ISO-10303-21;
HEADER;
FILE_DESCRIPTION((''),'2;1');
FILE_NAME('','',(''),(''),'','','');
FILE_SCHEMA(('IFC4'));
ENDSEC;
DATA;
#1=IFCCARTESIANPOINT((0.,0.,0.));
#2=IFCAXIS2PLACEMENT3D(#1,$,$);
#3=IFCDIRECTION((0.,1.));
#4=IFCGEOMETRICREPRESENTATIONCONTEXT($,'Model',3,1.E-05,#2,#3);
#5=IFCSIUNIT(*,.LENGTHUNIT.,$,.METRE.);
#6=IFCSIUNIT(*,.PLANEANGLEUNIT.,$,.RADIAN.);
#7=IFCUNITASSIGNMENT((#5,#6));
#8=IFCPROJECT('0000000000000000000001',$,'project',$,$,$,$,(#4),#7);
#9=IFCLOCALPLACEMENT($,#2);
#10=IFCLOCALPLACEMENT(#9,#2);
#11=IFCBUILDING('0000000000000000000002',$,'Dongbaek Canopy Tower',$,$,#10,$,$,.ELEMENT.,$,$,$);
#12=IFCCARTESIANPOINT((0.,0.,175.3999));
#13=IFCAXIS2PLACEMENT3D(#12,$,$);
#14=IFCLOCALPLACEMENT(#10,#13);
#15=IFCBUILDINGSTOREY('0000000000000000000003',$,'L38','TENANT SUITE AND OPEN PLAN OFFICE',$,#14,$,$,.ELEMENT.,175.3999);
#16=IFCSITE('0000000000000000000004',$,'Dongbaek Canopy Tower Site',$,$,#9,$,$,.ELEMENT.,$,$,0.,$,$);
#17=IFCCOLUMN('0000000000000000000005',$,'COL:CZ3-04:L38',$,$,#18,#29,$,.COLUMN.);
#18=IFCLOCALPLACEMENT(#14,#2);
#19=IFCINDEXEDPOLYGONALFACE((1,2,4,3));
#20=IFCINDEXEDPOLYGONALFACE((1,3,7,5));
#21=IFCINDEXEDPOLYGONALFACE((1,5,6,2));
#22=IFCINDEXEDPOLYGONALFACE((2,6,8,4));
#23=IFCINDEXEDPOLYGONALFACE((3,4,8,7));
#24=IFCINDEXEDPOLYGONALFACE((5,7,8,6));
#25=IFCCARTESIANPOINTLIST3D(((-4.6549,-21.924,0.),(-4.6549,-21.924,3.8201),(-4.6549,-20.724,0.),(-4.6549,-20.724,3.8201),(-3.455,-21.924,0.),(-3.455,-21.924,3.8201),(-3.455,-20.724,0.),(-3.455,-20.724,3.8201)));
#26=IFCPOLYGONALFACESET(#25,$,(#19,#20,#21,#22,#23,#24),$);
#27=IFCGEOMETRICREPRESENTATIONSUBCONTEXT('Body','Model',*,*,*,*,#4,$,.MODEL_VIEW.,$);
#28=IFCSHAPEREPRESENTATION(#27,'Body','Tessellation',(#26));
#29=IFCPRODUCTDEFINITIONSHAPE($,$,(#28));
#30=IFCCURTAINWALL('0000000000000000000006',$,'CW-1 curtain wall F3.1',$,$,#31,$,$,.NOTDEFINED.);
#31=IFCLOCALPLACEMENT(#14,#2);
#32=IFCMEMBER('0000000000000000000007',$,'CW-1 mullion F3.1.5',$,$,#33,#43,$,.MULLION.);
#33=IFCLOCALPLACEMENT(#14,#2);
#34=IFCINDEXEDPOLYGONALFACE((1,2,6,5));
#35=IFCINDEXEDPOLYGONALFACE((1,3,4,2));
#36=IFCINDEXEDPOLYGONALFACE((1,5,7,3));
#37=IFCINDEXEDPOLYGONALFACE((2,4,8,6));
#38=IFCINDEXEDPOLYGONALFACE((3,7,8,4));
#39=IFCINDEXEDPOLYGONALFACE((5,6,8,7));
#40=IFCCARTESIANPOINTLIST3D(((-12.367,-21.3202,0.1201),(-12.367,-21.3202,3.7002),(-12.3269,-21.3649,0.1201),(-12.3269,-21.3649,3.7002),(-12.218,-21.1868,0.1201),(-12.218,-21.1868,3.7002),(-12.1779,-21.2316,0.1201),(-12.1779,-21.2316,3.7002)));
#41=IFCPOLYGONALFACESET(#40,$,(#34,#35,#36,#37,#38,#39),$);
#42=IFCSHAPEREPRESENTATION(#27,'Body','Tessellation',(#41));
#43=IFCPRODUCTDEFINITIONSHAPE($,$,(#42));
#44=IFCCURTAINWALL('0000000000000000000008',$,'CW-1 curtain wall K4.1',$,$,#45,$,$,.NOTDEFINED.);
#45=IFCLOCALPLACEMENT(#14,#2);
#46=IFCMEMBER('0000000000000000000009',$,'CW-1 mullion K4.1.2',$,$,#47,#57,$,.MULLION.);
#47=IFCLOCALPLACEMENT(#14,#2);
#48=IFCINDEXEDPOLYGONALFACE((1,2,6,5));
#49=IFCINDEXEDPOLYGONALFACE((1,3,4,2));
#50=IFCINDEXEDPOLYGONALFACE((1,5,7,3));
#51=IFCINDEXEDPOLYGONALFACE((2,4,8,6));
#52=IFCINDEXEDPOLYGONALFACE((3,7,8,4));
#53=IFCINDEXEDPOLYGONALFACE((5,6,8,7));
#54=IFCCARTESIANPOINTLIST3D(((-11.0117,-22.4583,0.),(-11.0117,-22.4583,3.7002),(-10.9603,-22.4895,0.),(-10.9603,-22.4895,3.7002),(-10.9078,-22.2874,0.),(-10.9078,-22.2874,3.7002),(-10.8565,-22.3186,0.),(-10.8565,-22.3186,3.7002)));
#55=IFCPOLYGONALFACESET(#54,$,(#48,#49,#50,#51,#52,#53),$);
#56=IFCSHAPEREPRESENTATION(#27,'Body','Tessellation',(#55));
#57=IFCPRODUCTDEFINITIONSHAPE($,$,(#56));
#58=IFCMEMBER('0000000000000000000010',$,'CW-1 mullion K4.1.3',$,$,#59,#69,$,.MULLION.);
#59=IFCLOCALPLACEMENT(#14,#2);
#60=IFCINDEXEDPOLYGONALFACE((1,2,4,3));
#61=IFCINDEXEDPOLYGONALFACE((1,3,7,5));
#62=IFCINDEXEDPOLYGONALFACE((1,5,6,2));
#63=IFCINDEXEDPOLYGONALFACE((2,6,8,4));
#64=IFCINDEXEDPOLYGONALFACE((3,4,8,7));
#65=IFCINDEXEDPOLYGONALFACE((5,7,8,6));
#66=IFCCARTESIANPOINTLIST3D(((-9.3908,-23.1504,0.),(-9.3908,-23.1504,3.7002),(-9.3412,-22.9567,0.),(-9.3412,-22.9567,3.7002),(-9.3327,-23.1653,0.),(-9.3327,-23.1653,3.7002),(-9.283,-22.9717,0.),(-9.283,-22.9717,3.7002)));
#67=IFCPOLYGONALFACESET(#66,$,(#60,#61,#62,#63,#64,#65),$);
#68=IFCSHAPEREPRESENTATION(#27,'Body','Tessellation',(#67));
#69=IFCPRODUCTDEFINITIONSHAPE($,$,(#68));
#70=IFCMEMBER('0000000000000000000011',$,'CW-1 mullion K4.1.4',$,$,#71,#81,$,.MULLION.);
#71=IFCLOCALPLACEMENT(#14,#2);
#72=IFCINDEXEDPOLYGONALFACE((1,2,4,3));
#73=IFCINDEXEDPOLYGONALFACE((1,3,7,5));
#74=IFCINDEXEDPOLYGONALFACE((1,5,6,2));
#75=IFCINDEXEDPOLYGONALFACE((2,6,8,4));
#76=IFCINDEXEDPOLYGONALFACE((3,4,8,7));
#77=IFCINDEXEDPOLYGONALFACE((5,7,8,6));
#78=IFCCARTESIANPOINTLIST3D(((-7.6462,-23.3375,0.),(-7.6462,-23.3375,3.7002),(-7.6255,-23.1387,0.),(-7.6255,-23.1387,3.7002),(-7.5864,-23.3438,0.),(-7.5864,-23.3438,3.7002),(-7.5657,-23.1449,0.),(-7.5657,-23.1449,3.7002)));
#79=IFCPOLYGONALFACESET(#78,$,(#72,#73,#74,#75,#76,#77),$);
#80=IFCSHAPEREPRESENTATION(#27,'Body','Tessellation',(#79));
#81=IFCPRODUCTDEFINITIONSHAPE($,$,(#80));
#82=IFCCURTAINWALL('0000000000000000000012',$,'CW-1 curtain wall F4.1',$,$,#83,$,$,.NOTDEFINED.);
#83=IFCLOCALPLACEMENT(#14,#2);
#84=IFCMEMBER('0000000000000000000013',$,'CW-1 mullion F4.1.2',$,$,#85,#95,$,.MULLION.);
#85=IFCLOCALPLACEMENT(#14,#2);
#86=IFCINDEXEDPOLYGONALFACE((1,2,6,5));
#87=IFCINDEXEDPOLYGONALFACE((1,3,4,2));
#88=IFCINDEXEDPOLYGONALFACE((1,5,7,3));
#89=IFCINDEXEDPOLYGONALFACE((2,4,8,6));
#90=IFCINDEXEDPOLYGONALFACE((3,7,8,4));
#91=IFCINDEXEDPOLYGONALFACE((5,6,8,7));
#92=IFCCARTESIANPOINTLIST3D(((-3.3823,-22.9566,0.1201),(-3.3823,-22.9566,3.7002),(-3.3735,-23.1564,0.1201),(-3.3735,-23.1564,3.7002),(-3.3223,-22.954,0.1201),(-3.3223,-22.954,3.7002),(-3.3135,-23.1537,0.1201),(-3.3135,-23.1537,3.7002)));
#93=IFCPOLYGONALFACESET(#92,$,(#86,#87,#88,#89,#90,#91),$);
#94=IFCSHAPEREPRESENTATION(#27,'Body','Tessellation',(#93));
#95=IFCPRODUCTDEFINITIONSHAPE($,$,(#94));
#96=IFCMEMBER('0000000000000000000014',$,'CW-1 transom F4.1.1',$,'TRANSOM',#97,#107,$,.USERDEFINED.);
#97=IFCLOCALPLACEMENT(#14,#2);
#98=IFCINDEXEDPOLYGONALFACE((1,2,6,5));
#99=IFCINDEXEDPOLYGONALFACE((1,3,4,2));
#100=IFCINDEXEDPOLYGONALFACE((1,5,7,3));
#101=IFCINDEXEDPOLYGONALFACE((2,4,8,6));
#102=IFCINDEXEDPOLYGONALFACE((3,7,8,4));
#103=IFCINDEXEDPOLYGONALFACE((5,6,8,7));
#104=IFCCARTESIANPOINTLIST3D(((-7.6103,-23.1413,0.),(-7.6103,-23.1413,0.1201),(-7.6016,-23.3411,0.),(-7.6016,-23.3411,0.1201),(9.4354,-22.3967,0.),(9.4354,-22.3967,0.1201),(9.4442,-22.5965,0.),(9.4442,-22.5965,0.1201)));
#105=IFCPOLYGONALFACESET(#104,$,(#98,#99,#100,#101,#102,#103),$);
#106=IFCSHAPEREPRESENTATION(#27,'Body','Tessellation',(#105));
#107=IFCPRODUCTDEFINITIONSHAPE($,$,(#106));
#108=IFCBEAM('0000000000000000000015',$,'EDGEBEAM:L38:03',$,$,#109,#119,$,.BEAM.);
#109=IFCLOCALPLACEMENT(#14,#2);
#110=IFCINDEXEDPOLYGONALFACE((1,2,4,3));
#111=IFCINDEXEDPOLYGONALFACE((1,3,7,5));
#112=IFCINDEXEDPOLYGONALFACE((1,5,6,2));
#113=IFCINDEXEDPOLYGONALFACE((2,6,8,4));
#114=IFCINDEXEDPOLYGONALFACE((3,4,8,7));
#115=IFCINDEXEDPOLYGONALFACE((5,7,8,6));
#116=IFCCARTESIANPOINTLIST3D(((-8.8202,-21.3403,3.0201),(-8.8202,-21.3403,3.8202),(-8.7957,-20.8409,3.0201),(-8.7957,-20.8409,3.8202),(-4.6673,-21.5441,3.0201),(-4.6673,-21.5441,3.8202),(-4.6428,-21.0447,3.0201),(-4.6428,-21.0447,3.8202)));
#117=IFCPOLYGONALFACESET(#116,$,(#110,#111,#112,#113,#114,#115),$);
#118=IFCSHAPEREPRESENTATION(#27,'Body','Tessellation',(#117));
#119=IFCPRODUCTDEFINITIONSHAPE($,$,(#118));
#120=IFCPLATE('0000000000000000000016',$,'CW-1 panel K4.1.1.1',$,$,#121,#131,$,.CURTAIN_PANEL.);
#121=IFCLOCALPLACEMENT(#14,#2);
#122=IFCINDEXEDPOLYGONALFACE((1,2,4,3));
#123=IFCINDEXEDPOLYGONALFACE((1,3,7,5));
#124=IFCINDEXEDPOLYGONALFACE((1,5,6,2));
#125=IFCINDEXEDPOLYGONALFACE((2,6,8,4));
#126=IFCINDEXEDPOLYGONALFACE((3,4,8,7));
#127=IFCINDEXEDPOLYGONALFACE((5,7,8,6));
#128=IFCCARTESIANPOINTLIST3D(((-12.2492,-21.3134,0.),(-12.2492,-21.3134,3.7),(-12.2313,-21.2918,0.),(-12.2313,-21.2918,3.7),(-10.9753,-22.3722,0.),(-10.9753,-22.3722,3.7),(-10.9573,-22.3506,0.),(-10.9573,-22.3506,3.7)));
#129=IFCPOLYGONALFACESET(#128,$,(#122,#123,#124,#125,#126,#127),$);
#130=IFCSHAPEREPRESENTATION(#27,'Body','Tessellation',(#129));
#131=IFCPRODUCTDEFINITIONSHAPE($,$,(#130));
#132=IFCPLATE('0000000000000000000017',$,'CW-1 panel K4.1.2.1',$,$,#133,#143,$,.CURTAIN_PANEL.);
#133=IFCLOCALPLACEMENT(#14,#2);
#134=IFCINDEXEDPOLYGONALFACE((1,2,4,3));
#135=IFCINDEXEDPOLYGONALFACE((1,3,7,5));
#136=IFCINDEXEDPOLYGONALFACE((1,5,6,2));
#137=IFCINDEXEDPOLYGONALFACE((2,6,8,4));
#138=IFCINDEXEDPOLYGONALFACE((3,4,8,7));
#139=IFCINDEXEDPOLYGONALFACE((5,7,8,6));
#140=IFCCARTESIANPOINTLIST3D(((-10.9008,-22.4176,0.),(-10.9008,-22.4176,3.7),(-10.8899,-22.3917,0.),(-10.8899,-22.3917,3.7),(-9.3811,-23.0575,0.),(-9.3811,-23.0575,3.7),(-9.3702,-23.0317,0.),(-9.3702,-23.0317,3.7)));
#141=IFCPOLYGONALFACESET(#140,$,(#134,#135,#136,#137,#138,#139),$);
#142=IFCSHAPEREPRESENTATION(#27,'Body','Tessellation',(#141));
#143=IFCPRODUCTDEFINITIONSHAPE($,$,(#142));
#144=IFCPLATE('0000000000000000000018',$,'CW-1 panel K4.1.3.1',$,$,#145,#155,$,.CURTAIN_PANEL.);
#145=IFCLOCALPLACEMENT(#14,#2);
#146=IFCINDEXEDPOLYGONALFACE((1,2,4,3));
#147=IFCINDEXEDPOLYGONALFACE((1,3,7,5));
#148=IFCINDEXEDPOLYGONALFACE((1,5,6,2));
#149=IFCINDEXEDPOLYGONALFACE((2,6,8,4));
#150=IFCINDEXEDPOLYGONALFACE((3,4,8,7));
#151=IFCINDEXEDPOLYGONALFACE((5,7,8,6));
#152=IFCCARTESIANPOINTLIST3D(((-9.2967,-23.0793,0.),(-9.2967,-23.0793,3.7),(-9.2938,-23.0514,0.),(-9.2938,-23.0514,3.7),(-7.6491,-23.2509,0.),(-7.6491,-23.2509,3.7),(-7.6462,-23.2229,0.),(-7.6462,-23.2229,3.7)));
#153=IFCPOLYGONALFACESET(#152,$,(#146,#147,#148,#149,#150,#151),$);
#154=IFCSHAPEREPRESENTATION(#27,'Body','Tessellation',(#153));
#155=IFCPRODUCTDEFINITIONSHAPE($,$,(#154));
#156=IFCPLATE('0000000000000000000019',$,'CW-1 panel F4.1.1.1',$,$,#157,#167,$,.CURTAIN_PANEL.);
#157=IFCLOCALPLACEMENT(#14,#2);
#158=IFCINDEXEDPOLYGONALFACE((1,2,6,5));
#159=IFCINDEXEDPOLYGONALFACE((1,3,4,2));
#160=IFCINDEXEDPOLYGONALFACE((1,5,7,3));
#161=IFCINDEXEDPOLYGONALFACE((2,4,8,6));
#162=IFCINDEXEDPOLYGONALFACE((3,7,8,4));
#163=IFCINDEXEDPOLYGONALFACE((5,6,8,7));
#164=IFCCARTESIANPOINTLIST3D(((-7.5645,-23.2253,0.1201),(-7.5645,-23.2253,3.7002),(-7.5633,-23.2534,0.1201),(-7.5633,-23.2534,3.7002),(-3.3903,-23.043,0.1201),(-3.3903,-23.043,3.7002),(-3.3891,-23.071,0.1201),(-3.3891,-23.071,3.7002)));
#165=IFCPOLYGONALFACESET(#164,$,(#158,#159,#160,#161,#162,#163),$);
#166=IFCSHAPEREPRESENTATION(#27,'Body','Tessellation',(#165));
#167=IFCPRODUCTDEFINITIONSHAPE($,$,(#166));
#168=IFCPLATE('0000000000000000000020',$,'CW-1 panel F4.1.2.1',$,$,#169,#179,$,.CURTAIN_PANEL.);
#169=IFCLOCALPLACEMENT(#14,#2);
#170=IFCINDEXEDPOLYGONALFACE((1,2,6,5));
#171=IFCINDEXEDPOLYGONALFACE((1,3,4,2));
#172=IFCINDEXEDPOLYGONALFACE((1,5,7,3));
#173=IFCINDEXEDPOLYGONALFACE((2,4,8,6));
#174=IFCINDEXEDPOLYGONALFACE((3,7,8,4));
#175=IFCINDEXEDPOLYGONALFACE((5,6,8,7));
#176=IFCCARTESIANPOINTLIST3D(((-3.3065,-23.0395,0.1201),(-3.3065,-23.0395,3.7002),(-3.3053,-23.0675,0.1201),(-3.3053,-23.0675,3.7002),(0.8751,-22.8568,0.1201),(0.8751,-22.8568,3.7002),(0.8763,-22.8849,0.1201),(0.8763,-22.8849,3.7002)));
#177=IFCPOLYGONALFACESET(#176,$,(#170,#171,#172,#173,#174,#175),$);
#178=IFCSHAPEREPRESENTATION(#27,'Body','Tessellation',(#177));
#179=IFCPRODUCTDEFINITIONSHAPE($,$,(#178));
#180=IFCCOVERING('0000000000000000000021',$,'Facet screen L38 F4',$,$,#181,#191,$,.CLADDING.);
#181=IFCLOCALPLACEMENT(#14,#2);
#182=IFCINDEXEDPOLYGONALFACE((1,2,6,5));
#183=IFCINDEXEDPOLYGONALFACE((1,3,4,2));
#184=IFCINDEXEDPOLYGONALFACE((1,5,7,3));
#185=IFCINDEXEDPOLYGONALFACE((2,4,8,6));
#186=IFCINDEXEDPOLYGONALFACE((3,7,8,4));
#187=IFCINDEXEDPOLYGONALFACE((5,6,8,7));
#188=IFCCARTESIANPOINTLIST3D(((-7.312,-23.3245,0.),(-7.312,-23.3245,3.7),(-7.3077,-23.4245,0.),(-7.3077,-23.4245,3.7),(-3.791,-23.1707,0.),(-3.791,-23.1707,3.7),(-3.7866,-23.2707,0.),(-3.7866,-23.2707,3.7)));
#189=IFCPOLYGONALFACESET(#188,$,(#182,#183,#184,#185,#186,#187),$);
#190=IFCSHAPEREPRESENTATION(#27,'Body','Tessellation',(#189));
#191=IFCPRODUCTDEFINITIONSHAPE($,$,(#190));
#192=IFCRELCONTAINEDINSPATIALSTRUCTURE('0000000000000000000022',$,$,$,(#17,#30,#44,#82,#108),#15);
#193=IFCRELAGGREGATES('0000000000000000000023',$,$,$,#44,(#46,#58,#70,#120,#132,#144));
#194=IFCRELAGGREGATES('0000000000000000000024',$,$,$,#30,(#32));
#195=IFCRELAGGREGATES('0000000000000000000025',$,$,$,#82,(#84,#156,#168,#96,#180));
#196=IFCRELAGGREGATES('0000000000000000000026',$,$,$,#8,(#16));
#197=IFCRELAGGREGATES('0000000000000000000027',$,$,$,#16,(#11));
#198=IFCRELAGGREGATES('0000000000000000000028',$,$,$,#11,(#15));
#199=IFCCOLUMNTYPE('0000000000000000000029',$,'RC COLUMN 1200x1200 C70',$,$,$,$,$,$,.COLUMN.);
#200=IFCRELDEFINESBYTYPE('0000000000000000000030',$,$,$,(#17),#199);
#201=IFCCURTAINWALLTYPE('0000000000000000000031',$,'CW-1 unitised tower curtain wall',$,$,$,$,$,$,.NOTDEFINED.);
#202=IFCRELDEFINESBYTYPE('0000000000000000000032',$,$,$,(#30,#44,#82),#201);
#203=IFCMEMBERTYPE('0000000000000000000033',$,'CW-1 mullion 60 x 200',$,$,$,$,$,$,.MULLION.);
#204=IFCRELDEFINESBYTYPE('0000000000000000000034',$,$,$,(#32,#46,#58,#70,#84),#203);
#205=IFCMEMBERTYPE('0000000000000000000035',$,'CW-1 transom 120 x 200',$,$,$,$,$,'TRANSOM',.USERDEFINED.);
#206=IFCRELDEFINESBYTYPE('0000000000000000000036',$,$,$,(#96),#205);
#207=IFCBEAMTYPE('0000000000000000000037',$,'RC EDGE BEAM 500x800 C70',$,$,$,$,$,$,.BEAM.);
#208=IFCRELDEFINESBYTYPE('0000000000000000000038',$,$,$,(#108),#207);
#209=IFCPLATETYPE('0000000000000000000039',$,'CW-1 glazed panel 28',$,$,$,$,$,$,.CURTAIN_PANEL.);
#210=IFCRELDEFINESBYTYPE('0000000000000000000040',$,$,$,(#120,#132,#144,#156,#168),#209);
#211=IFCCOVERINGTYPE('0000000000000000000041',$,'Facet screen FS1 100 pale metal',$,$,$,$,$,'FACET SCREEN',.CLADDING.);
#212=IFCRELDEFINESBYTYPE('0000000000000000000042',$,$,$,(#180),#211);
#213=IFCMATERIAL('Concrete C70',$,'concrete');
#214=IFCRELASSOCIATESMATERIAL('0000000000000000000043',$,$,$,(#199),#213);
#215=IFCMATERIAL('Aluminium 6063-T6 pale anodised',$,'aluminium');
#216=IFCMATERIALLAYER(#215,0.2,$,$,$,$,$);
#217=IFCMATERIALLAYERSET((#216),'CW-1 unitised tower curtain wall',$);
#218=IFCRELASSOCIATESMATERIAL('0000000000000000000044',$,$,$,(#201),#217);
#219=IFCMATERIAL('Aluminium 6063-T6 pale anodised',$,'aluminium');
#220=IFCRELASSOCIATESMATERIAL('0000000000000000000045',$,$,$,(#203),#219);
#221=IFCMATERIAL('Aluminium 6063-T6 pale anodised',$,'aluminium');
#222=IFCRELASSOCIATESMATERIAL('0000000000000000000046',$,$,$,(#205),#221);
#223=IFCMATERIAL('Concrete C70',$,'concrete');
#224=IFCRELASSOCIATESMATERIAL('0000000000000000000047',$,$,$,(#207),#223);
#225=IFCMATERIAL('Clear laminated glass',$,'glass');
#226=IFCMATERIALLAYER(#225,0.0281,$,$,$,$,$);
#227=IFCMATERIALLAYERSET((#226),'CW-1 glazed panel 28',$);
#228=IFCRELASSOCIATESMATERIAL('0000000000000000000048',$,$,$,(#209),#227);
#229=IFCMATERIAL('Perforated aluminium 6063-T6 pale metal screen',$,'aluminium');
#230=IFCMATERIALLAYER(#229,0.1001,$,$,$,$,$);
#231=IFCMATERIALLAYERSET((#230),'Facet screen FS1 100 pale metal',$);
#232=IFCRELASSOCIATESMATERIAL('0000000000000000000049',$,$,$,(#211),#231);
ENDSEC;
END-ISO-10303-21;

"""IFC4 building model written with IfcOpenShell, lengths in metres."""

from ifc_helpers import new_model, si_unit, direction, frame, origin, origin_2d, place, context, subcontext, project, spatial, rectangle, extrude, material, layer, layer_set, material_profile, profile_set, type_object, element, aggregate, save


model = new_model("IFC4")

# Units and contexts
model_context = context("Model", 3, precision=1e-05, world=origin(), true_north=direction((0.0, 1.0)))
body_context = subcontext(model_context, "Body", "Model", "MODEL_VIEW")
ifc_project = project(units=[si_unit("LENGTHUNIT", "METRE"), si_unit("PLANEANGLEUNIT", "RADIAN")], contexts=[model_context])

# Site, building, storey
site_placement = place(None, origin())
site = spatial("IfcSite", under=ifc_project, at=site_placement, Name="Dongbaek Canopy Tower Site", CompositionType="ELEMENT", RefElevation=0.0)
building_placement = place(site_placement, origin())
building = spatial("IfcBuilding", under=site, at=building_placement, Name="Dongbaek Canopy Tower", CompositionType="ELEMENT")
storey_placement = place(building_placement, frame((0.0, 0.0, 175.3999)))
storey = spatial("IfcBuildingStorey", under=building, at=storey_placement, Name="L38", Description="TENANT SUITE AND OPEN PLAN OFFICE", CompositionType="ELEMENT", Elevation=175.3999)

# Column
ifc_material_1 = material(Name="Concrete C70", Category="concrete")
ifc_material_profile_1 = material_profile(ifc_material_1, rectangle(XDim=1.2, YDim=1.2, at=origin_2d()), Name="RC COLUMN 1200x1200 C70")
ifc_profile_set_1 = profile_set([ifc_material_profile_1], Name="Concrete C70")
column_type = type_object("IfcColumnType", Name="RC COLUMN 1200x1200 C70", PredefinedType="COLUMN", material=ifc_profile_set_1)
column_placement = place(storey_placement, frame((-4.0549, -21.324, 0.0), z_axis=(0.0, 0.0, 1.0), x_axis=(1.0, 0.0, 0.0)))
element("IfcColumn", 1, at=column_placement, inside=storey, type_object=column_type, Name="COL:CZ3-04:L38", PredefinedType="COLUMN", context=body_context, shape_type="SweptSolid", body=[
    extrude(rectangle(XDim=1.2, YDim=1.2, at=origin_2d()), origin(), (0.0, 0.0, 1.0), 3.8201),
])

# Curtain wall, member
ifc_material_2 = material(Name="Aluminium 6063-T6 pale anodised", Category="aluminium")
ifc_layer_1 = layer(ifc_material_2, 0.2)
ifc_layer_set_1 = layer_set([ifc_layer_1], Name="CW-1 unitised tower curtain wall")
curtain_wall_type = type_object("IfcCurtainWallType", Name="CW-1 unitised tower curtain wall", PredefinedType="NOTDEFINED", material=ifc_layer_set_1)
curtain_wall_1_placement = place(storey_placement, origin())
curtain_wall_1 = element("IfcCurtainWall", 2, at=curtain_wall_1_placement, inside=storey, type_object=curtain_wall_type, Name="CW-1 curtain wall F3.1", PredefinedType="NOTDEFINED")
ifc_material_3 = material(Name="Aluminium 6063-T6 pale anodised", Category="aluminium")
ifc_material_profile_2 = material_profile(ifc_material_3, rectangle(XDim=0.2, YDim=0.0601, at=origin_2d()), Name="CW-1 mullion 60 x 200")
ifc_profile_set_2 = profile_set([ifc_material_profile_2], Name="Aluminium 6063-T6 pale anodised")
member_type_1 = type_object("IfcMemberType", Name="CW-1 mullion 60 x 200", PredefinedType="MULLION", material=ifc_profile_set_2)
member_1_placement = place(storey_placement, frame((-12.2725, -21.2759, 0.1201), z_axis=(0.0, 0.0, 1.0), x_axis=(-0.745211, -0.666829, 0.0)))
member_1 = element("IfcMember", 3, at=member_1_placement, type_object=member_type_1, Name="CW-1 mullion F3.1.5", PredefinedType="MULLION", context=body_context, shape_type="SweptSolid", body=[
    extrude(rectangle(XDim=0.2, YDim=0.0601, at=origin_2d()), origin(), (0.0, 0.0, 1.0), 3.5801),
])

# Curtain walls, members
curtain_wall_2_placement = place(storey_placement, origin())
curtain_wall_2 = element("IfcCurtainWall", 4, at=curtain_wall_2_placement, inside=storey, type_object=curtain_wall_type, Name="CW-1 curtain wall K4.1", PredefinedType="NOTDEFINED")
member_2_placement = place(storey_placement, frame((-10.9341, -22.3884, 0.0), z_axis=(0.0, 0.0, 1.0), x_axis=(-0.519286, -0.8546, 0.0)))
member_2 = element("IfcMember", 5, at=member_2_placement, type_object=member_type_1, Name="CW-1 mullion K4.1.2", PredefinedType="MULLION", context=body_context, shape_type="SweptSolid", body=[
    extrude(rectangle(XDim=0.2, YDim=0.0601, at=origin_2d()), origin(), (0.0, 0.0, 1.0), 3.7002),
])
member_3_placement = place(storey_placement, frame((-9.3369, -23.061, 0.0), z_axis=(0.0, 0.0, 1.0), x_axis=(-0.248548, -0.96862, 0.0)))
member_3 = element("IfcMember", 6, at=member_3_placement, type_object=member_type_1, Name="CW-1 mullion K4.1.3", PredefinedType="MULLION", context=body_context, shape_type="SweptSolid", body=[
    extrude(rectangle(XDim=0.2, YDim=0.0601, at=origin_2d()), origin(), (0.0, 0.0, 1.0), 3.7002),
])
member_4_placement = place(storey_placement, frame((-7.606, -23.2412, 0.0), z_axis=(0.0, 0.0, 1.0), x_axis=(-0.103577, -0.994621, 0.0)))
member_4 = element("IfcMember", 7, at=member_4_placement, type_object=member_type_1, Name="CW-1 mullion K4.1.4", PredefinedType="MULLION", context=body_context, shape_type="SweptSolid", body=[
    extrude(rectangle(XDim=0.2, YDim=0.0601, at=origin_2d()), origin(), (0.0, 0.0, 1.0), 3.7002),
])
curtain_wall_3_placement = place(storey_placement, origin())
curtain_wall_3 = element("IfcCurtainWall", 8, at=curtain_wall_3_placement, inside=storey, type_object=curtain_wall_type, Name="CW-1 curtain wall F4.1", PredefinedType="NOTDEFINED")
member_5_placement = place(storey_placement, frame((-3.3479, -23.0552, 0.1201), z_axis=(0.0, 0.0, 1.0), x_axis=(0.04364, -0.999047, 0.0)))
member_5 = element("IfcMember", 9, at=member_5_placement, type_object=member_type_1, Name="CW-1 mullion F4.1.2", PredefinedType="MULLION", context=body_context, shape_type="SweptSolid", body=[
    extrude(rectangle(XDim=0.2, YDim=0.0601, at=origin_2d()), origin(), (0.0, 0.0, 1.0), 3.5801),
])
ifc_material_4 = material(Name="Aluminium 6063-T6 pale anodised", Category="aluminium")
ifc_material_profile_3 = material_profile(ifc_material_4, rectangle(XDim=0.2, YDim=0.1201, at=origin_2d()), Name="CW-1 transom 120 x 200")
ifc_profile_set_3 = profile_set([ifc_material_profile_3], Name="Aluminium 6063-T6 pale anodised")
member_type_2 = type_object("IfcMemberType", Name="CW-1 transom 120 x 200", ElementType="TRANSOM", PredefinedType="USERDEFINED", material=ifc_profile_set_3)
member_6_placement = place(storey_placement, frame((-7.606, -23.2412, 0.0601), z_axis=(0.999047, 0.043643, 0.0), x_axis=(-0.043643, 0.999047, 0.0)))
member_6 = element("IfcMember", 10, at=member_6_placement, type_object=member_type_2, Name="CW-1 transom F4.1.1", ObjectType="TRANSOM", PredefinedType="USERDEFINED", context=body_context, shape_type="SweptSolid", body=[
    extrude(rectangle(XDim=0.2, YDim=0.1201, at=origin_2d()), origin(), (0.0, 0.0, 1.0), 17.062),
])

# Beam
ifc_material_5 = material(Name="Concrete C70", Category="concrete")
ifc_material_profile_4 = material_profile(ifc_material_5, rectangle(XDim=0.5, YDim=0.8, at=origin_2d()), Name="RC EDGE BEAM 500x800 C70")
ifc_profile_set_4 = profile_set([ifc_material_profile_4], Name="Concrete C70")
beam_type = type_object("IfcBeamType", Name="RC EDGE BEAM 500x800 C70", PredefinedType="BEAM", material=ifc_profile_set_4)
beam_placement = place(storey_placement, frame((-4.655, -21.2944, 3.4202), z_axis=(-0.998797, 0.049027, 0.0), x_axis=(-0.049027, -0.998797, 0.0)))
element("IfcBeam", 11, at=beam_placement, inside=storey, type_object=beam_type, Name="EDGEBEAM:L38:03", PredefinedType="BEAM", context=body_context, shape_type="SweptSolid", body=[
    extrude(rectangle(XDim=0.5, YDim=0.8, at=origin_2d()), origin(), (0.0, 0.0, 1.0), 4.158),
])

# Plates
ifc_material_6 = material(Name="Clear laminated glass", Category="glass")
ifc_layer_2 = layer(ifc_material_6, 0.0281)
ifc_layer_set_2 = layer_set([ifc_layer_2], Name="CW-1 glazed panel 28")
plate_type = type_object("IfcPlateType", Name="CW-1 glazed panel 28", PredefinedType="CURTAIN_PANEL", material=ifc_layer_set_2)
plate_1_placement = place(storey_placement, frame((-11.6033, -21.832, 0.0), z_axis=(0.0, 0.0, 1.0), x_axis=(0.769056, -0.639181, 0.0)))
plate_1 = element("IfcPlate", 12, at=plate_1_placement, type_object=plate_type, Name="CW-1 panel K4.1.1.1", PredefinedType="CURTAIN_PANEL", context=body_context, shape_type="SweptSolid", body=[
    extrude(rectangle(XDim=1.6565, YDim=0.0281, at=origin_2d()), origin(), (0.0, 0.0, 1.0), 3.7),
])
plate_2_placement = place(storey_placement, frame((-10.1355, -22.7246, 0.0), z_axis=(0.0, 0.0, 1.0), x_axis=(0.921606, -0.388127, 0.0)))
plate_2 = element("IfcPlate", 13, at=plate_2_placement, type_object=plate_type, Name="CW-1 panel K4.1.2.1", PredefinedType="CURTAIN_PANEL", context=body_context, shape_type="SweptSolid", body=[
    extrude(rectangle(XDim=1.6489, YDim=0.0281, at=origin_2d()), origin(), (0.0, 0.0, 1.0), 3.7),
])
plate_3_placement = place(storey_placement, frame((-8.4714, -23.1511, 0.0), z_axis=(0.0, 0.0, 1.0), x_axis=(0.994621, -0.103577, 0.0)))
plate_3 = element("IfcPlate", 14, at=plate_3_placement, type_object=plate_type, Name="CW-1 panel K4.1.3.1", PredefinedType="CURTAIN_PANEL", context=body_context, shape_type="SweptSolid", body=[
    extrude(rectangle(XDim=1.6565, YDim=0.0281, at=origin_2d()), origin(), (0.0, 0.0, 1.0), 3.7),
])
aggregate(curtain_wall_2, [member_2, member_3, member_4, plate_1, plate_2, plate_3])
plate_4_placement = place(storey_placement, frame((-5.4768, -23.1482, 0.1201), z_axis=(0.0, 0.0, 1.0), x_axis=(0.999047, 0.04364, 0.0)))
plate_4 = element("IfcPlate", 15, at=plate_4_placement, type_object=plate_type, Name="CW-1 panel F4.1.1.1", PredefinedType="CURTAIN_PANEL", context=body_context, shape_type="SweptSolid", body=[
    extrude(rectangle(XDim=4.1782, YDim=0.0281, at=origin_2d()), origin(), (0.0, 0.0, 1.0), 3.5801),
])
plate_5_placement = place(storey_placement, frame((-1.2151, -22.9622, 0.1201), z_axis=(0.0, 0.0, 1.0), x_axis=(0.999047, 0.04364, 0.0)))
plate_5 = element("IfcPlate", 16, at=plate_5_placement, type_object=plate_type, Name="CW-1 panel F4.1.2.1", PredefinedType="CURTAIN_PANEL", context=body_context, shape_type="SweptSolid", body=[
    extrude(rectangle(XDim=4.1855, YDim=0.0281, at=origin_2d()), origin(), (0.0, 0.0, 1.0), 3.5801),
])

# Covering
ifc_material_7 = material(Name="Perforated aluminium 6063-T6 pale metal screen", Category="aluminium")
ifc_layer_3 = layer(ifc_material_7, 0.1001)
ifc_layer_set_3 = layer_set([ifc_layer_3], Name="Facet screen FS1 100 pale metal")
covering_type_1 = type_object("IfcCoveringType", Name="Facet screen FS1 100 pale metal", ElementType="FACET SCREEN", PredefinedType="CLADDING", material=ifc_layer_set_3)
covering_1_placement = place(storey_placement, frame((-5.5493, -23.2976, 0.0), z_axis=(0.0, 0.0, 1.0), x_axis=(0.999047, 0.04364, 0.0)))
covering_1 = element("IfcCovering", 17, at=covering_1_placement, type_object=covering_type_1, Name="Facet screen L38 F4", PredefinedType="CLADDING", context=body_context, shape_type="SweptSolid", body=[
    extrude(rectangle(XDim=3.5244, YDim=0.1001, at=origin_2d()), origin(), (0.0, 0.0, 1.0), 3.7),
])
aggregate(curtain_wall_1, [member_1])
aggregate(curtain_wall_3, [member_5, plate_4, plate_5, member_6, covering_1])

save(model, "model.ifc")
